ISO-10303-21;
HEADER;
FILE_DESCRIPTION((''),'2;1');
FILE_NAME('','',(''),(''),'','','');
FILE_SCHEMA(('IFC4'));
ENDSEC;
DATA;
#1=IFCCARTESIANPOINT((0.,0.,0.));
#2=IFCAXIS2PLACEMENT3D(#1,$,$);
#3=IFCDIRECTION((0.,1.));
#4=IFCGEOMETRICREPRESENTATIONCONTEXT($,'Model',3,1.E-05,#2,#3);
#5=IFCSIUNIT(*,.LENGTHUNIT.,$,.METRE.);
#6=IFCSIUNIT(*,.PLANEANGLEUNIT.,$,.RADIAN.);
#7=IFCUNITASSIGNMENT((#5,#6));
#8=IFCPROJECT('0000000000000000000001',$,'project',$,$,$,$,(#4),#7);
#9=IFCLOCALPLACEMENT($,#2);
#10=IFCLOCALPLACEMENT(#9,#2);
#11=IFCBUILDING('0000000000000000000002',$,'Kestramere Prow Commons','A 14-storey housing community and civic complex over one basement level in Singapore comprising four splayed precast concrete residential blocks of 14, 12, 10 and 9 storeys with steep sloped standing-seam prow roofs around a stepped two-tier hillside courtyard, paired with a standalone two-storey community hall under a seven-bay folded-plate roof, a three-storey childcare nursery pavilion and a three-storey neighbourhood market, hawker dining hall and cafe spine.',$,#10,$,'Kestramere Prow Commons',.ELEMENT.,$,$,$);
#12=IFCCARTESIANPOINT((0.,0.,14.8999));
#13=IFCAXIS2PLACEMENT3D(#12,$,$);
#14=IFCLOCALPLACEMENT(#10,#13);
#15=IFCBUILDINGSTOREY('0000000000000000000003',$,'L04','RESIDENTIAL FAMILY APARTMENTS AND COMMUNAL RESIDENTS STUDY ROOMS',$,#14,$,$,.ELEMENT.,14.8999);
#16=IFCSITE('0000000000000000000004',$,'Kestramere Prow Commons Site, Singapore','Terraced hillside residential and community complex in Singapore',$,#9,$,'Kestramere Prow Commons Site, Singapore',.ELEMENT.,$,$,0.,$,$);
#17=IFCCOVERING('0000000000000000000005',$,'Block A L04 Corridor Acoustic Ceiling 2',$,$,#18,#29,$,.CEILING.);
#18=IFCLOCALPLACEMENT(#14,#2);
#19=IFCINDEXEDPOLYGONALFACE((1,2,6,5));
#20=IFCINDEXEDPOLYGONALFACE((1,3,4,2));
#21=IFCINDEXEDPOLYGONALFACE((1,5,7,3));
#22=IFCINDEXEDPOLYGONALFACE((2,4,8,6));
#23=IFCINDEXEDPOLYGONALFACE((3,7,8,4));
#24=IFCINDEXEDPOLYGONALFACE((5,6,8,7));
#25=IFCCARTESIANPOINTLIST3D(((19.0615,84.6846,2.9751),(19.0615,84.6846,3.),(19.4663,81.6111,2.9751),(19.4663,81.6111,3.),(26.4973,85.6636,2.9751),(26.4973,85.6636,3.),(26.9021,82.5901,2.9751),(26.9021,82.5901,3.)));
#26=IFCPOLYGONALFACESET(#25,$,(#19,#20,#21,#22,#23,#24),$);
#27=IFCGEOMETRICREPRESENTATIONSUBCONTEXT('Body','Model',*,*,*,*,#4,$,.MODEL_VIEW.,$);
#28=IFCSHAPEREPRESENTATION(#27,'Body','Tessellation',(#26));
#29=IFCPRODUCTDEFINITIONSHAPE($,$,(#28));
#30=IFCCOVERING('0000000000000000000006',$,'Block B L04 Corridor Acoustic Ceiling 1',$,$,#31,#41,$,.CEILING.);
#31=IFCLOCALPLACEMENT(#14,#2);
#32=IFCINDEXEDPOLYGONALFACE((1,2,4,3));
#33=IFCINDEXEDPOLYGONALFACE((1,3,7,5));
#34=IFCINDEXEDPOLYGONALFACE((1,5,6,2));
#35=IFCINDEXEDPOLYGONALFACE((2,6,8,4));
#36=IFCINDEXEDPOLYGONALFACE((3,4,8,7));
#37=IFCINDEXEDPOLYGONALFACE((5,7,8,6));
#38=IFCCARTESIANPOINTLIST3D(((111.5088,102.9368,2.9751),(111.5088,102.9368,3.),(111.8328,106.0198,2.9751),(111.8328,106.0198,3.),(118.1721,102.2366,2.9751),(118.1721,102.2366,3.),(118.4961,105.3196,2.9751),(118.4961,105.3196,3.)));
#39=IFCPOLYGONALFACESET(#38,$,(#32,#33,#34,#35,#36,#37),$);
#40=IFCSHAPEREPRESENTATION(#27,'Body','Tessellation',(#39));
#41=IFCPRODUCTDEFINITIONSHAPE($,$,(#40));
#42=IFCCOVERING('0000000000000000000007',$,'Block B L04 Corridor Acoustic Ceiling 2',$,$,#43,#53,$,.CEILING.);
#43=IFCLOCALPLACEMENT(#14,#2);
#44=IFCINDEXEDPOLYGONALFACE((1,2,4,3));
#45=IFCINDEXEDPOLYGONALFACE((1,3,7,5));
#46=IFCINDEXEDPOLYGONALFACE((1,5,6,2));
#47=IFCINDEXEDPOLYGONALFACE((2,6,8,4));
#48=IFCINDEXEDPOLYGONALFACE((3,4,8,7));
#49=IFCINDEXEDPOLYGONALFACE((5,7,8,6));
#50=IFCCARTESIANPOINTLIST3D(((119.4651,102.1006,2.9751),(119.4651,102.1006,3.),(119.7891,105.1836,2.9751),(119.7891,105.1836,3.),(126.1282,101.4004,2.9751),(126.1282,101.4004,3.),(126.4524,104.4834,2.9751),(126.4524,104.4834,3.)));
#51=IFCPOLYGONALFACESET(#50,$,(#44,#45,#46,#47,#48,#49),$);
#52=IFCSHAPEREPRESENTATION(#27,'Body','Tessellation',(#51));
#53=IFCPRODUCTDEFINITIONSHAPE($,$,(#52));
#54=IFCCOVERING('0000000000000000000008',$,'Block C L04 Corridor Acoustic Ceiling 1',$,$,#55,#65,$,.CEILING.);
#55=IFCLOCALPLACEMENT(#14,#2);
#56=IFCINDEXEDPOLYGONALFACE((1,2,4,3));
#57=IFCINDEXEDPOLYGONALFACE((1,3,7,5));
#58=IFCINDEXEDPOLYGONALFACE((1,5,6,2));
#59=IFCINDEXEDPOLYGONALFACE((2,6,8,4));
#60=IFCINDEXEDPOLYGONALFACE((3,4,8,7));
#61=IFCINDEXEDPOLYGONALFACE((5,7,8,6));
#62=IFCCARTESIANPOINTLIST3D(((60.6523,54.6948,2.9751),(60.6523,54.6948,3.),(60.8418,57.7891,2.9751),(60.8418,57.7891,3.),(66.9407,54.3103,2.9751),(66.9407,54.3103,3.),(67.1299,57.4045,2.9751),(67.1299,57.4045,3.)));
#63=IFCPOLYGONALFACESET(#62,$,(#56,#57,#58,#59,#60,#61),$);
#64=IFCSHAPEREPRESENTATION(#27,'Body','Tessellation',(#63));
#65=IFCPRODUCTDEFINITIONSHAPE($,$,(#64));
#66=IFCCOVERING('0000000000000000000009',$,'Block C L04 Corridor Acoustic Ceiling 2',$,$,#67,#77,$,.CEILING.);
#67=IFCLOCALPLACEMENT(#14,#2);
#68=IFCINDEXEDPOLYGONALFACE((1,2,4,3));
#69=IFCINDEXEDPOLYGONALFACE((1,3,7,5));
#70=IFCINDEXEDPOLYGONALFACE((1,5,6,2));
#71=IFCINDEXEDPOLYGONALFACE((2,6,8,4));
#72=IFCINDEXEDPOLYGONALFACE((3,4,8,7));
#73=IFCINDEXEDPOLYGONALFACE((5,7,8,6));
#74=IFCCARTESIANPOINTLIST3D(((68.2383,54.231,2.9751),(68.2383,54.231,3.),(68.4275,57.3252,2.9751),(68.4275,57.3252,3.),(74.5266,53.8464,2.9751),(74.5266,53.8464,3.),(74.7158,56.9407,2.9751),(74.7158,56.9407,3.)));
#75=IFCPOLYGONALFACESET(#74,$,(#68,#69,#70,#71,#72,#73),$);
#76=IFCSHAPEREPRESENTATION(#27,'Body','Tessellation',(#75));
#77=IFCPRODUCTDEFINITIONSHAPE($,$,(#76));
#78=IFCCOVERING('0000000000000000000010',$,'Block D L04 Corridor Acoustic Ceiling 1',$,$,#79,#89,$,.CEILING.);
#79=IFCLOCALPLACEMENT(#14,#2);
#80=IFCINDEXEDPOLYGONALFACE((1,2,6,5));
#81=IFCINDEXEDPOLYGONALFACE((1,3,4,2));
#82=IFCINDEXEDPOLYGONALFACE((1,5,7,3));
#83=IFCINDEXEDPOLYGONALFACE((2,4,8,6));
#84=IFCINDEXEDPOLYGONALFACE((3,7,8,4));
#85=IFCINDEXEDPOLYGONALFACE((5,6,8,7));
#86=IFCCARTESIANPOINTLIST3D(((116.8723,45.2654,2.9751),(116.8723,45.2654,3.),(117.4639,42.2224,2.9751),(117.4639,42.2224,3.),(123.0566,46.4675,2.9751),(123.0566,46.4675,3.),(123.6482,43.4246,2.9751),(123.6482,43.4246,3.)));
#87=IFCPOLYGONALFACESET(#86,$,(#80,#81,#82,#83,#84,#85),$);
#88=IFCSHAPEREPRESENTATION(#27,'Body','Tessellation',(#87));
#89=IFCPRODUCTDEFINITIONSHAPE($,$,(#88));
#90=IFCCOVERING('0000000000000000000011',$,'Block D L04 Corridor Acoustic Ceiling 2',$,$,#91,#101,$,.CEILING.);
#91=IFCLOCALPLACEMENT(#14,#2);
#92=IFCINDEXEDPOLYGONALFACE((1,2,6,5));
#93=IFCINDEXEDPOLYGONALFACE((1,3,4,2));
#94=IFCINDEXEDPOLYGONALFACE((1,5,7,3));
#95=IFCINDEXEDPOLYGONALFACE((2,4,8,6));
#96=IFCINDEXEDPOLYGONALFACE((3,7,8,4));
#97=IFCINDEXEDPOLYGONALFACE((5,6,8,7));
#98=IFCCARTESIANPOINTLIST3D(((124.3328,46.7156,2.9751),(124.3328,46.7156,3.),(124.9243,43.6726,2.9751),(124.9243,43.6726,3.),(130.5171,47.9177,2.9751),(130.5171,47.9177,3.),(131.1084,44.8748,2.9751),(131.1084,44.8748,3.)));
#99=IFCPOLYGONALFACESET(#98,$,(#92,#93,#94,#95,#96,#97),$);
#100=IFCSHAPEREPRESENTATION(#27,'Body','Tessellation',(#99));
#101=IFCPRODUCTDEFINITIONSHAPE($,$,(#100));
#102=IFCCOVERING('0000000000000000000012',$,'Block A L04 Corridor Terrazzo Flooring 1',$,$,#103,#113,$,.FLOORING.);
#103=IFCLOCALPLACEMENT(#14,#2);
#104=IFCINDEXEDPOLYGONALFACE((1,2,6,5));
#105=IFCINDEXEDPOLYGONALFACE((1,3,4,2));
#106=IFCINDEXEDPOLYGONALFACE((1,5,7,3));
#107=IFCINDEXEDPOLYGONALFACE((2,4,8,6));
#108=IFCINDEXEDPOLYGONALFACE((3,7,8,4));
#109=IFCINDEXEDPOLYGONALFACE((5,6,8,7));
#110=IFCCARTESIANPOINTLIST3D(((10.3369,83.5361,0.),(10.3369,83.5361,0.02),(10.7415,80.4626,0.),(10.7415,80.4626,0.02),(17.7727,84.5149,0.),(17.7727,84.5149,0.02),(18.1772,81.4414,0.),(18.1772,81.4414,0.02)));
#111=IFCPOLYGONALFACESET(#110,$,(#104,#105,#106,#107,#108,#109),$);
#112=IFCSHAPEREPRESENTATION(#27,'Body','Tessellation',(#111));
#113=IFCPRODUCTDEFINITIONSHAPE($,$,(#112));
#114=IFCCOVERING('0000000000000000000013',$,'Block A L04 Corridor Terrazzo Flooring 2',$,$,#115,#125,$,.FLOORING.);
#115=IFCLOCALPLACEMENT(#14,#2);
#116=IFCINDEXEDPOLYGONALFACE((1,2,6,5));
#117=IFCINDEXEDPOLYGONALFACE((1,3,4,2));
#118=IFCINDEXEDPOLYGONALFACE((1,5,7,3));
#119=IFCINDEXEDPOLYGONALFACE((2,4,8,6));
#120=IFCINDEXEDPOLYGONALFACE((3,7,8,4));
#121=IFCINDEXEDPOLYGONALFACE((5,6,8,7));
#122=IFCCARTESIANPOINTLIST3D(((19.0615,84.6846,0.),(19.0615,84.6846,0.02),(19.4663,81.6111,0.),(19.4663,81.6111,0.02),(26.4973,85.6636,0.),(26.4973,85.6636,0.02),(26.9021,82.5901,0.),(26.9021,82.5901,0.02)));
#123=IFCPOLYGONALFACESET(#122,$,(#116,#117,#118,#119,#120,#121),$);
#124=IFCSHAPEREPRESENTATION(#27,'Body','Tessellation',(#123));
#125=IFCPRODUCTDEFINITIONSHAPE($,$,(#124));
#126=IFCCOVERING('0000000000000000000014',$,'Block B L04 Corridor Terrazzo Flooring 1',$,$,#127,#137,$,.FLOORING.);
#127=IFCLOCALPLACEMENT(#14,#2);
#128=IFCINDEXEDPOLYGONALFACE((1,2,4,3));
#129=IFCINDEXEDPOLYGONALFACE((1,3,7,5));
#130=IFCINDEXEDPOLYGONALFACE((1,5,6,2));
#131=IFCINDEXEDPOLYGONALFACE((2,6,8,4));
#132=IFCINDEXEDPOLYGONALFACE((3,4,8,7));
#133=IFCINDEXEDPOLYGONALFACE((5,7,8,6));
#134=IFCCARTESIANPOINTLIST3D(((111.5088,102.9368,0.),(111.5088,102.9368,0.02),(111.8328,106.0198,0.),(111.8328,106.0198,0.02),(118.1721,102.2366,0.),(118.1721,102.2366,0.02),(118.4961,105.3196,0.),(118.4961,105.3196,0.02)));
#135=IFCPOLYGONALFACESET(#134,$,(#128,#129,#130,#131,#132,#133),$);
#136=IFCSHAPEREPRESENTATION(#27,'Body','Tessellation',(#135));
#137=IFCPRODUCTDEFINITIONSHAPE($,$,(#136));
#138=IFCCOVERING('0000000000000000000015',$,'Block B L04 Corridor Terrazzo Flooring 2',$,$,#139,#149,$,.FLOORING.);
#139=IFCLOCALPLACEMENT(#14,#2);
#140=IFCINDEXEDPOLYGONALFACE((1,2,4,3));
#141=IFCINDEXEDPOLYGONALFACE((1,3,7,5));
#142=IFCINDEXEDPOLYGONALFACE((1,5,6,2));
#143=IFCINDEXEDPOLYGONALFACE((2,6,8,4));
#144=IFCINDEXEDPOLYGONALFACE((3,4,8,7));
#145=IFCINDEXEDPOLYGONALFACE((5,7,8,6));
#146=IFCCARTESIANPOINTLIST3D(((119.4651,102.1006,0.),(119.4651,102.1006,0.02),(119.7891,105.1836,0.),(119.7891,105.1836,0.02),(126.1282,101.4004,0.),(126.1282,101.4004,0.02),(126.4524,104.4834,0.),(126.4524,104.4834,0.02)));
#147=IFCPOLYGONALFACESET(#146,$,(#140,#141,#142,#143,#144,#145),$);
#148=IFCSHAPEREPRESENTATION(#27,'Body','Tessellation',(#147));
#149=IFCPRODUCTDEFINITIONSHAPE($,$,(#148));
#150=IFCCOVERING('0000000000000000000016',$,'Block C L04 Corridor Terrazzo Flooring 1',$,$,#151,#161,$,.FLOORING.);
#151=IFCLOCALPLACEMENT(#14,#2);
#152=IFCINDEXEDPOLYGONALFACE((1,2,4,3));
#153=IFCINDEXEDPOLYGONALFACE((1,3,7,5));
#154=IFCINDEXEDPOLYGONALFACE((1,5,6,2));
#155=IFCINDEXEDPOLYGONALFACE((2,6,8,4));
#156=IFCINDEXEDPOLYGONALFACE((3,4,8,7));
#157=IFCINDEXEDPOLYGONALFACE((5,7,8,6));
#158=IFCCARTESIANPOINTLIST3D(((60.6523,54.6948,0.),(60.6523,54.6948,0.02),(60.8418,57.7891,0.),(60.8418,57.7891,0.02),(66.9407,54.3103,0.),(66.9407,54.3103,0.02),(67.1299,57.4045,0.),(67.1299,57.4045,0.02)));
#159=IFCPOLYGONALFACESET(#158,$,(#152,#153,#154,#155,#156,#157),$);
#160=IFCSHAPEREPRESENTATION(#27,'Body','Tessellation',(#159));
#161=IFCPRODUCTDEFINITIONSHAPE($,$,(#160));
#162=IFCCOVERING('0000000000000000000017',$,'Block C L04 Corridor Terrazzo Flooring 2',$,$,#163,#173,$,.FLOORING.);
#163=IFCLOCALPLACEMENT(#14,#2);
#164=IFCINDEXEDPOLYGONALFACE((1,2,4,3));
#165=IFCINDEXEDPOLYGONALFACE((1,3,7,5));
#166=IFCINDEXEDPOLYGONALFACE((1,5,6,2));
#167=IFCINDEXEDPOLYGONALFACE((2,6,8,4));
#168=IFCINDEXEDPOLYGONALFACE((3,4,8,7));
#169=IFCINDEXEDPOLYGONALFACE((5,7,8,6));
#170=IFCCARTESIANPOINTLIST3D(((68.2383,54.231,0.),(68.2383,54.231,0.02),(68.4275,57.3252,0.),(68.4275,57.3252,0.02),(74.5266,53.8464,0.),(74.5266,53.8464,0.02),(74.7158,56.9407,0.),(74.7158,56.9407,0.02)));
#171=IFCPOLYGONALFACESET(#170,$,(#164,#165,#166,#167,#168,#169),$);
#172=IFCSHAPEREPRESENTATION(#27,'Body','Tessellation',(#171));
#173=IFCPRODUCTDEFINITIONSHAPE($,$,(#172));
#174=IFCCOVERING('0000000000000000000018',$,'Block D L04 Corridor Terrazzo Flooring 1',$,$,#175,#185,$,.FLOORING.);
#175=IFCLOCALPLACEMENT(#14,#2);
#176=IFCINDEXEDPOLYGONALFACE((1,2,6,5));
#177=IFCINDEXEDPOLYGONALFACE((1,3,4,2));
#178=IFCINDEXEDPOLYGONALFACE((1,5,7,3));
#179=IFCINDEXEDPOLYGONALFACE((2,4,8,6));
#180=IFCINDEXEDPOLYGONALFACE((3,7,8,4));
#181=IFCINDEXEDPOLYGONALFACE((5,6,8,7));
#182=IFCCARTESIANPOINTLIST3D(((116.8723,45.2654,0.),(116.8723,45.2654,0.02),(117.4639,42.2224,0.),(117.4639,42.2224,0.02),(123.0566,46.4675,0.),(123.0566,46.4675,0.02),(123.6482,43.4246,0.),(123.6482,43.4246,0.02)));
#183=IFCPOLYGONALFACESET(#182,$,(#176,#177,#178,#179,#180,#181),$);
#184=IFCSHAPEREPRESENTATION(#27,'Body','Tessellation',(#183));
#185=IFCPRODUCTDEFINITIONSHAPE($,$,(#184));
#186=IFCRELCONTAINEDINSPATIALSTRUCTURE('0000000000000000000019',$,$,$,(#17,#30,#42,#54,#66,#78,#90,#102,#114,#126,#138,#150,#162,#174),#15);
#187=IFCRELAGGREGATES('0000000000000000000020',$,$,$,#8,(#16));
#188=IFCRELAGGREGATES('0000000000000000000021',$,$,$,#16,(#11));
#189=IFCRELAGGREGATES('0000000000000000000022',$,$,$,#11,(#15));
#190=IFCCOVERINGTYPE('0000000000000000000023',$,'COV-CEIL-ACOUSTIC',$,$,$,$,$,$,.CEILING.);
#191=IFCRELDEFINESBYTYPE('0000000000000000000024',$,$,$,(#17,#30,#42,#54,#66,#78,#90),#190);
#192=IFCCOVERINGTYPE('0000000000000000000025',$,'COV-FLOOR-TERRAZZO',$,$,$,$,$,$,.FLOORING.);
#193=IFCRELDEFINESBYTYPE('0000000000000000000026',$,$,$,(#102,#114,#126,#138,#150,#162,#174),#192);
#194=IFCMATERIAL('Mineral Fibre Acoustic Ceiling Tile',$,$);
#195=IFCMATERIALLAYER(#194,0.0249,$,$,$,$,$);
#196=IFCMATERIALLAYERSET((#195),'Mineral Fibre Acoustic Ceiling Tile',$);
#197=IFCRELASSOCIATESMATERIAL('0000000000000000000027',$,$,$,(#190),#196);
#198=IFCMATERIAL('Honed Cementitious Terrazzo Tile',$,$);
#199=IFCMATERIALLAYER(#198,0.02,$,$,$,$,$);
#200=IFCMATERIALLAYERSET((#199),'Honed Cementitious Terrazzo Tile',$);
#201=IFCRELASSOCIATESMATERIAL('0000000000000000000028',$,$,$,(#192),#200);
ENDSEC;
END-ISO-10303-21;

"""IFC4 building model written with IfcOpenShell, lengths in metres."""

from ifc_helpers import new_model, si_unit, direction, frame, origin, place, context, subcontext, project, spatial, polyline, outline, extrude, material, layer, layer_set, type_object, element, save


model = new_model("IFC4")

# Units and contexts
model_context = context("Model", 3, precision=1e-05, world=origin(), true_north=direction((0.0, 1.0)))
body_context = subcontext(model_context, "Body", "Model", "MODEL_VIEW")
ifc_project = project(units=[si_unit("LENGTHUNIT", "METRE"), si_unit("PLANEANGLEUNIT", "RADIAN")], contexts=[model_context])

# Site, building, storey
site_placement = place(None, origin())
site = spatial("IfcSite", under=ifc_project, at=site_placement, Name="Kestramere Prow Commons Site, Singapore", Description="Terraced hillside residential and community complex in Singapore", LongName="Kestramere Prow Commons Site, Singapore", CompositionType="ELEMENT", RefElevation=0.0)
building_placement = place(site_placement, origin())
building = spatial("IfcBuilding", under=site, at=building_placement, Name="Kestramere Prow Commons", Description="A 14-storey housing community and civic complex over one basement level in Singapore comprising four splayed precast concrete residential blocks of 14, 12, 10 and 9 storeys with steep sloped standing-seam prow roofs around a stepped two-tier hillside courtyard, paired with a standalone two-storey community hall under a seven-bay folded-plate roof, a three-storey childcare nursery pavilion and a three-storey neighbourhood market, hawker dining hall and cafe spine.", LongName="Kestramere Prow Commons", CompositionType="ELEMENT")
storey_placement = place(building_placement, frame((0.0, 0.0, 14.8999)))
storey = spatial("IfcBuildingStorey", under=building, at=storey_placement, Name="L04", Description="RESIDENTIAL FAMILY APARTMENTS AND COMMUNAL RESIDENTS STUDY ROOMS", CompositionType="ELEMENT", Elevation=14.8999)

# Coverings
ifc_material_1 = material(Name="Mineral Fibre Acoustic Ceiling Tile")
ifc_layer_1 = layer(ifc_material_1, 0.0249)
ifc_layer_set_1 = layer_set([ifc_layer_1], Name="Mineral Fibre Acoustic Ceiling Tile")
covering_type_1 = type_object("IfcCoveringType", Name="COV-CEIL-ACOUSTIC", PredefinedType="CEILING", material=ifc_layer_set_1)
covering_1_placement = place(storey_placement, frame((0.0, 0.0, 2.9751)))
element("IfcCovering", 1, at=covering_1_placement, inside=storey, type_object=covering_type_1, Name="Block A L04 Corridor Acoustic Ceiling 2", PredefinedType="CEILING", context=body_context, shape_type="SweptSolid", body=[
    extrude(outline(polyline([(19.4663, 81.6111), (26.9021, 82.5901), (26.4973, 85.6636), (19.0615, 84.6846), (19.4663, 81.6111)])), origin(), (0.0, 0.0, 1.0), 0.0249),
])
covering_2_placement = place(storey_placement, frame((0.0, 0.0, 2.9751)))
element("IfcCovering", 2, at=covering_2_placement, inside=storey, type_object=covering_type_1, Name="Block B L04 Corridor Acoustic Ceiling 1", PredefinedType="CEILING", context=body_context, shape_type="SweptSolid", body=[
    extrude(outline(polyline([(111.5088, 102.9368), (118.1721, 102.2366), (118.4961, 105.3196), (111.8328, 106.0198), (111.5088, 102.9368)])), origin(), (0.0, 0.0, 1.0), 0.0249),
])
covering_3_placement = place(storey_placement, frame((0.0, 0.0, 2.9751)))
element("IfcCovering", 3, at=covering_3_placement, inside=storey, type_object=covering_type_1, Name="Block B L04 Corridor Acoustic Ceiling 2", PredefinedType="CEILING", context=body_context, shape_type="SweptSolid", body=[
    extrude(outline(polyline([(119.4651, 102.1006), (126.1282, 101.4004), (126.4524, 104.4834), (119.7891, 105.1836), (119.4651, 102.1006)])), origin(), (0.0, 0.0, 1.0), 0.0249),
])
covering_4_placement = place(storey_placement, frame((0.0, 0.0, 2.9751)))
element("IfcCovering", 4, at=covering_4_placement, inside=storey, type_object=covering_type_1, Name="Block C L04 Corridor Acoustic Ceiling 1", PredefinedType="CEILING", context=body_context, shape_type="SweptSolid", body=[
    extrude(outline(polyline([(60.6523, 54.6948), (66.9407, 54.3103), (67.1299, 57.4045), (60.8418, 57.7891), (60.6523, 54.6948)])), origin(), (0.0, 0.0, 1.0), 0.0249),
])
covering_5_placement = place(storey_placement, frame((0.0, 0.0, 2.9751)))
element("IfcCovering", 5, at=covering_5_placement, inside=storey, type_object=covering_type_1, Name="Block C L04 Corridor Acoustic Ceiling 2", PredefinedType="CEILING", context=body_context, shape_type="SweptSolid", body=[
    extrude(outline(polyline([(68.2383, 54.231), (74.5266, 53.8464), (74.7158, 56.9407), (68.4275, 57.3252), (68.2383, 54.231)])), origin(), (0.0, 0.0, 1.0), 0.0249),
])
covering_6_placement = place(storey_placement, frame((0.0, 0.0, 2.9751)))
element("IfcCovering", 6, at=covering_6_placement, inside=storey, type_object=covering_type_1, Name="Block D L04 Corridor Acoustic Ceiling 1", PredefinedType="CEILING", context=body_context, shape_type="SweptSolid", body=[
    extrude(outline(polyline([(117.4639, 42.2224), (123.6482, 43.4246), (123.0566, 46.4675), (116.8723, 45.2654), (117.4639, 42.2224)])), origin(), (0.0, 0.0, 1.0), 0.0249),
])
covering_7_placement = place(storey_placement, frame((0.0, 0.0, 2.9751)))
element("IfcCovering", 7, at=covering_7_placement, inside=storey, type_object=covering_type_1, Name="Block D L04 Corridor Acoustic Ceiling 2", PredefinedType="CEILING", context=body_context, shape_type="SweptSolid", body=[
    extrude(outline(polyline([(124.9243, 43.6726), (131.1084, 44.8748), (130.5171, 47.9177), (124.3328, 46.7156), (124.9243, 43.6726)])), origin(), (0.0, 0.0, 1.0), 0.0249),
])
ifc_material_2 = material(Name="Honed Cementitious Terrazzo Tile")
ifc_layer_2 = layer(ifc_material_2, 0.02)
ifc_layer_set_2 = layer_set([ifc_layer_2], Name="Honed Cementitious Terrazzo Tile")
covering_type_2 = type_object("IfcCoveringType", Name="COV-FLOOR-TERRAZZO", PredefinedType="FLOORING", material=ifc_layer_set_2)
covering_8_placement = place(storey_placement, origin())
element("IfcCovering", 8, at=covering_8_placement, inside=storey, type_object=covering_type_2, Name="Block A L04 Corridor Terrazzo Flooring 1", PredefinedType="FLOORING", context=body_context, shape_type="SweptSolid", body=[
    extrude(outline(polyline([(10.7415, 80.4626), (18.1772, 81.4414), (17.7727, 84.5149), (10.3369, 83.5361), (10.7415, 80.4626)])), origin(), (0.0, 0.0, 1.0), 0.02),
])
covering_9_placement = place(storey_placement, origin())
element("IfcCovering", 9, at=covering_9_placement, inside=storey, type_object=covering_type_2, Name="Block A L04 Corridor Terrazzo Flooring 2", PredefinedType="FLOORING", context=body_context, shape_type="SweptSolid", body=[
    extrude(outline(polyline([(19.4663, 81.6111), (26.9021, 82.5901), (26.4973, 85.6636), (19.0615, 84.6846), (19.4663, 81.6111)])), origin(), (0.0, 0.0, 1.0), 0.02),
])
covering_10_placement = place(storey_placement, origin())
element("IfcCovering", 10, at=covering_10_placement, inside=storey, type_object=covering_type_2, Name="Block B L04 Corridor Terrazzo Flooring 1", PredefinedType="FLOORING", context=body_context, shape_type="SweptSolid", body=[
    extrude(outline(polyline([(111.5088, 102.9368), (118.1721, 102.2366), (118.4961, 105.3196), (111.8328, 106.0198), (111.5088, 102.9368)])), origin(), (0.0, 0.0, 1.0), 0.02),
])
covering_11_placement = place(storey_placement, origin())
element("IfcCovering", 11, at=covering_11_placement, inside=storey, type_object=covering_type_2, Name="Block B L04 Corridor Terrazzo Flooring 2", PredefinedType="FLOORING", context=body_context, shape_type="SweptSolid", body=[
    extrude(outline(polyline([(119.4651, 102.1006), (126.1282, 101.4004), (126.4524, 104.4834), (119.7891, 105.1836), (119.4651, 102.1006)])), origin(), (0.0, 0.0, 1.0), 0.02),
])
covering_12_placement = place(storey_placement, origin())
element("IfcCovering", 12, at=covering_12_placement, inside=storey, type_object=covering_type_2, Name="Block C L04 Corridor Terrazzo Flooring 1", PredefinedType="FLOORING", context=body_context, shape_type="SweptSolid", body=[
    extrude(outline(polyline([(60.6523, 54.6948), (66.9407, 54.3103), (67.1299, 57.4045), (60.8418, 57.7891), (60.6523, 54.6948)])), origin(), (0.0, 0.0, 1.0), 0.02),
])
covering_13_placement = place(storey_placement, origin())
element("IfcCovering", 13, at=covering_13_placement, inside=storey, type_object=covering_type_2, Name="Block C L04 Corridor Terrazzo Flooring 2", PredefinedType="FLOORING", context=body_context, shape_type="SweptSolid", body=[
    extrude(outline(polyline([(68.2383, 54.231), (74.5266, 53.8464), (74.7158, 56.9407), (68.4275, 57.3252), (68.2383, 54.231)])), origin(), (0.0, 0.0, 1.0), 0.02),
])
covering_14_placement = place(storey_placement, origin())
element("IfcCovering", 14, at=covering_14_placement, inside=storey, type_object=covering_type_2, Name="Block D L04 Corridor Terrazzo Flooring 1", PredefinedType="FLOORING", context=body_context, shape_type="SweptSolid", body=[
    extrude(outline(polyline([(117.4639, 42.2224), (123.6482, 43.4246), (123.0566, 46.4675), (116.8723, 45.2654), (117.4639, 42.2224)])), origin(), (0.0, 0.0, 1.0), 0.02),
])

save(model, "model.ifc")
